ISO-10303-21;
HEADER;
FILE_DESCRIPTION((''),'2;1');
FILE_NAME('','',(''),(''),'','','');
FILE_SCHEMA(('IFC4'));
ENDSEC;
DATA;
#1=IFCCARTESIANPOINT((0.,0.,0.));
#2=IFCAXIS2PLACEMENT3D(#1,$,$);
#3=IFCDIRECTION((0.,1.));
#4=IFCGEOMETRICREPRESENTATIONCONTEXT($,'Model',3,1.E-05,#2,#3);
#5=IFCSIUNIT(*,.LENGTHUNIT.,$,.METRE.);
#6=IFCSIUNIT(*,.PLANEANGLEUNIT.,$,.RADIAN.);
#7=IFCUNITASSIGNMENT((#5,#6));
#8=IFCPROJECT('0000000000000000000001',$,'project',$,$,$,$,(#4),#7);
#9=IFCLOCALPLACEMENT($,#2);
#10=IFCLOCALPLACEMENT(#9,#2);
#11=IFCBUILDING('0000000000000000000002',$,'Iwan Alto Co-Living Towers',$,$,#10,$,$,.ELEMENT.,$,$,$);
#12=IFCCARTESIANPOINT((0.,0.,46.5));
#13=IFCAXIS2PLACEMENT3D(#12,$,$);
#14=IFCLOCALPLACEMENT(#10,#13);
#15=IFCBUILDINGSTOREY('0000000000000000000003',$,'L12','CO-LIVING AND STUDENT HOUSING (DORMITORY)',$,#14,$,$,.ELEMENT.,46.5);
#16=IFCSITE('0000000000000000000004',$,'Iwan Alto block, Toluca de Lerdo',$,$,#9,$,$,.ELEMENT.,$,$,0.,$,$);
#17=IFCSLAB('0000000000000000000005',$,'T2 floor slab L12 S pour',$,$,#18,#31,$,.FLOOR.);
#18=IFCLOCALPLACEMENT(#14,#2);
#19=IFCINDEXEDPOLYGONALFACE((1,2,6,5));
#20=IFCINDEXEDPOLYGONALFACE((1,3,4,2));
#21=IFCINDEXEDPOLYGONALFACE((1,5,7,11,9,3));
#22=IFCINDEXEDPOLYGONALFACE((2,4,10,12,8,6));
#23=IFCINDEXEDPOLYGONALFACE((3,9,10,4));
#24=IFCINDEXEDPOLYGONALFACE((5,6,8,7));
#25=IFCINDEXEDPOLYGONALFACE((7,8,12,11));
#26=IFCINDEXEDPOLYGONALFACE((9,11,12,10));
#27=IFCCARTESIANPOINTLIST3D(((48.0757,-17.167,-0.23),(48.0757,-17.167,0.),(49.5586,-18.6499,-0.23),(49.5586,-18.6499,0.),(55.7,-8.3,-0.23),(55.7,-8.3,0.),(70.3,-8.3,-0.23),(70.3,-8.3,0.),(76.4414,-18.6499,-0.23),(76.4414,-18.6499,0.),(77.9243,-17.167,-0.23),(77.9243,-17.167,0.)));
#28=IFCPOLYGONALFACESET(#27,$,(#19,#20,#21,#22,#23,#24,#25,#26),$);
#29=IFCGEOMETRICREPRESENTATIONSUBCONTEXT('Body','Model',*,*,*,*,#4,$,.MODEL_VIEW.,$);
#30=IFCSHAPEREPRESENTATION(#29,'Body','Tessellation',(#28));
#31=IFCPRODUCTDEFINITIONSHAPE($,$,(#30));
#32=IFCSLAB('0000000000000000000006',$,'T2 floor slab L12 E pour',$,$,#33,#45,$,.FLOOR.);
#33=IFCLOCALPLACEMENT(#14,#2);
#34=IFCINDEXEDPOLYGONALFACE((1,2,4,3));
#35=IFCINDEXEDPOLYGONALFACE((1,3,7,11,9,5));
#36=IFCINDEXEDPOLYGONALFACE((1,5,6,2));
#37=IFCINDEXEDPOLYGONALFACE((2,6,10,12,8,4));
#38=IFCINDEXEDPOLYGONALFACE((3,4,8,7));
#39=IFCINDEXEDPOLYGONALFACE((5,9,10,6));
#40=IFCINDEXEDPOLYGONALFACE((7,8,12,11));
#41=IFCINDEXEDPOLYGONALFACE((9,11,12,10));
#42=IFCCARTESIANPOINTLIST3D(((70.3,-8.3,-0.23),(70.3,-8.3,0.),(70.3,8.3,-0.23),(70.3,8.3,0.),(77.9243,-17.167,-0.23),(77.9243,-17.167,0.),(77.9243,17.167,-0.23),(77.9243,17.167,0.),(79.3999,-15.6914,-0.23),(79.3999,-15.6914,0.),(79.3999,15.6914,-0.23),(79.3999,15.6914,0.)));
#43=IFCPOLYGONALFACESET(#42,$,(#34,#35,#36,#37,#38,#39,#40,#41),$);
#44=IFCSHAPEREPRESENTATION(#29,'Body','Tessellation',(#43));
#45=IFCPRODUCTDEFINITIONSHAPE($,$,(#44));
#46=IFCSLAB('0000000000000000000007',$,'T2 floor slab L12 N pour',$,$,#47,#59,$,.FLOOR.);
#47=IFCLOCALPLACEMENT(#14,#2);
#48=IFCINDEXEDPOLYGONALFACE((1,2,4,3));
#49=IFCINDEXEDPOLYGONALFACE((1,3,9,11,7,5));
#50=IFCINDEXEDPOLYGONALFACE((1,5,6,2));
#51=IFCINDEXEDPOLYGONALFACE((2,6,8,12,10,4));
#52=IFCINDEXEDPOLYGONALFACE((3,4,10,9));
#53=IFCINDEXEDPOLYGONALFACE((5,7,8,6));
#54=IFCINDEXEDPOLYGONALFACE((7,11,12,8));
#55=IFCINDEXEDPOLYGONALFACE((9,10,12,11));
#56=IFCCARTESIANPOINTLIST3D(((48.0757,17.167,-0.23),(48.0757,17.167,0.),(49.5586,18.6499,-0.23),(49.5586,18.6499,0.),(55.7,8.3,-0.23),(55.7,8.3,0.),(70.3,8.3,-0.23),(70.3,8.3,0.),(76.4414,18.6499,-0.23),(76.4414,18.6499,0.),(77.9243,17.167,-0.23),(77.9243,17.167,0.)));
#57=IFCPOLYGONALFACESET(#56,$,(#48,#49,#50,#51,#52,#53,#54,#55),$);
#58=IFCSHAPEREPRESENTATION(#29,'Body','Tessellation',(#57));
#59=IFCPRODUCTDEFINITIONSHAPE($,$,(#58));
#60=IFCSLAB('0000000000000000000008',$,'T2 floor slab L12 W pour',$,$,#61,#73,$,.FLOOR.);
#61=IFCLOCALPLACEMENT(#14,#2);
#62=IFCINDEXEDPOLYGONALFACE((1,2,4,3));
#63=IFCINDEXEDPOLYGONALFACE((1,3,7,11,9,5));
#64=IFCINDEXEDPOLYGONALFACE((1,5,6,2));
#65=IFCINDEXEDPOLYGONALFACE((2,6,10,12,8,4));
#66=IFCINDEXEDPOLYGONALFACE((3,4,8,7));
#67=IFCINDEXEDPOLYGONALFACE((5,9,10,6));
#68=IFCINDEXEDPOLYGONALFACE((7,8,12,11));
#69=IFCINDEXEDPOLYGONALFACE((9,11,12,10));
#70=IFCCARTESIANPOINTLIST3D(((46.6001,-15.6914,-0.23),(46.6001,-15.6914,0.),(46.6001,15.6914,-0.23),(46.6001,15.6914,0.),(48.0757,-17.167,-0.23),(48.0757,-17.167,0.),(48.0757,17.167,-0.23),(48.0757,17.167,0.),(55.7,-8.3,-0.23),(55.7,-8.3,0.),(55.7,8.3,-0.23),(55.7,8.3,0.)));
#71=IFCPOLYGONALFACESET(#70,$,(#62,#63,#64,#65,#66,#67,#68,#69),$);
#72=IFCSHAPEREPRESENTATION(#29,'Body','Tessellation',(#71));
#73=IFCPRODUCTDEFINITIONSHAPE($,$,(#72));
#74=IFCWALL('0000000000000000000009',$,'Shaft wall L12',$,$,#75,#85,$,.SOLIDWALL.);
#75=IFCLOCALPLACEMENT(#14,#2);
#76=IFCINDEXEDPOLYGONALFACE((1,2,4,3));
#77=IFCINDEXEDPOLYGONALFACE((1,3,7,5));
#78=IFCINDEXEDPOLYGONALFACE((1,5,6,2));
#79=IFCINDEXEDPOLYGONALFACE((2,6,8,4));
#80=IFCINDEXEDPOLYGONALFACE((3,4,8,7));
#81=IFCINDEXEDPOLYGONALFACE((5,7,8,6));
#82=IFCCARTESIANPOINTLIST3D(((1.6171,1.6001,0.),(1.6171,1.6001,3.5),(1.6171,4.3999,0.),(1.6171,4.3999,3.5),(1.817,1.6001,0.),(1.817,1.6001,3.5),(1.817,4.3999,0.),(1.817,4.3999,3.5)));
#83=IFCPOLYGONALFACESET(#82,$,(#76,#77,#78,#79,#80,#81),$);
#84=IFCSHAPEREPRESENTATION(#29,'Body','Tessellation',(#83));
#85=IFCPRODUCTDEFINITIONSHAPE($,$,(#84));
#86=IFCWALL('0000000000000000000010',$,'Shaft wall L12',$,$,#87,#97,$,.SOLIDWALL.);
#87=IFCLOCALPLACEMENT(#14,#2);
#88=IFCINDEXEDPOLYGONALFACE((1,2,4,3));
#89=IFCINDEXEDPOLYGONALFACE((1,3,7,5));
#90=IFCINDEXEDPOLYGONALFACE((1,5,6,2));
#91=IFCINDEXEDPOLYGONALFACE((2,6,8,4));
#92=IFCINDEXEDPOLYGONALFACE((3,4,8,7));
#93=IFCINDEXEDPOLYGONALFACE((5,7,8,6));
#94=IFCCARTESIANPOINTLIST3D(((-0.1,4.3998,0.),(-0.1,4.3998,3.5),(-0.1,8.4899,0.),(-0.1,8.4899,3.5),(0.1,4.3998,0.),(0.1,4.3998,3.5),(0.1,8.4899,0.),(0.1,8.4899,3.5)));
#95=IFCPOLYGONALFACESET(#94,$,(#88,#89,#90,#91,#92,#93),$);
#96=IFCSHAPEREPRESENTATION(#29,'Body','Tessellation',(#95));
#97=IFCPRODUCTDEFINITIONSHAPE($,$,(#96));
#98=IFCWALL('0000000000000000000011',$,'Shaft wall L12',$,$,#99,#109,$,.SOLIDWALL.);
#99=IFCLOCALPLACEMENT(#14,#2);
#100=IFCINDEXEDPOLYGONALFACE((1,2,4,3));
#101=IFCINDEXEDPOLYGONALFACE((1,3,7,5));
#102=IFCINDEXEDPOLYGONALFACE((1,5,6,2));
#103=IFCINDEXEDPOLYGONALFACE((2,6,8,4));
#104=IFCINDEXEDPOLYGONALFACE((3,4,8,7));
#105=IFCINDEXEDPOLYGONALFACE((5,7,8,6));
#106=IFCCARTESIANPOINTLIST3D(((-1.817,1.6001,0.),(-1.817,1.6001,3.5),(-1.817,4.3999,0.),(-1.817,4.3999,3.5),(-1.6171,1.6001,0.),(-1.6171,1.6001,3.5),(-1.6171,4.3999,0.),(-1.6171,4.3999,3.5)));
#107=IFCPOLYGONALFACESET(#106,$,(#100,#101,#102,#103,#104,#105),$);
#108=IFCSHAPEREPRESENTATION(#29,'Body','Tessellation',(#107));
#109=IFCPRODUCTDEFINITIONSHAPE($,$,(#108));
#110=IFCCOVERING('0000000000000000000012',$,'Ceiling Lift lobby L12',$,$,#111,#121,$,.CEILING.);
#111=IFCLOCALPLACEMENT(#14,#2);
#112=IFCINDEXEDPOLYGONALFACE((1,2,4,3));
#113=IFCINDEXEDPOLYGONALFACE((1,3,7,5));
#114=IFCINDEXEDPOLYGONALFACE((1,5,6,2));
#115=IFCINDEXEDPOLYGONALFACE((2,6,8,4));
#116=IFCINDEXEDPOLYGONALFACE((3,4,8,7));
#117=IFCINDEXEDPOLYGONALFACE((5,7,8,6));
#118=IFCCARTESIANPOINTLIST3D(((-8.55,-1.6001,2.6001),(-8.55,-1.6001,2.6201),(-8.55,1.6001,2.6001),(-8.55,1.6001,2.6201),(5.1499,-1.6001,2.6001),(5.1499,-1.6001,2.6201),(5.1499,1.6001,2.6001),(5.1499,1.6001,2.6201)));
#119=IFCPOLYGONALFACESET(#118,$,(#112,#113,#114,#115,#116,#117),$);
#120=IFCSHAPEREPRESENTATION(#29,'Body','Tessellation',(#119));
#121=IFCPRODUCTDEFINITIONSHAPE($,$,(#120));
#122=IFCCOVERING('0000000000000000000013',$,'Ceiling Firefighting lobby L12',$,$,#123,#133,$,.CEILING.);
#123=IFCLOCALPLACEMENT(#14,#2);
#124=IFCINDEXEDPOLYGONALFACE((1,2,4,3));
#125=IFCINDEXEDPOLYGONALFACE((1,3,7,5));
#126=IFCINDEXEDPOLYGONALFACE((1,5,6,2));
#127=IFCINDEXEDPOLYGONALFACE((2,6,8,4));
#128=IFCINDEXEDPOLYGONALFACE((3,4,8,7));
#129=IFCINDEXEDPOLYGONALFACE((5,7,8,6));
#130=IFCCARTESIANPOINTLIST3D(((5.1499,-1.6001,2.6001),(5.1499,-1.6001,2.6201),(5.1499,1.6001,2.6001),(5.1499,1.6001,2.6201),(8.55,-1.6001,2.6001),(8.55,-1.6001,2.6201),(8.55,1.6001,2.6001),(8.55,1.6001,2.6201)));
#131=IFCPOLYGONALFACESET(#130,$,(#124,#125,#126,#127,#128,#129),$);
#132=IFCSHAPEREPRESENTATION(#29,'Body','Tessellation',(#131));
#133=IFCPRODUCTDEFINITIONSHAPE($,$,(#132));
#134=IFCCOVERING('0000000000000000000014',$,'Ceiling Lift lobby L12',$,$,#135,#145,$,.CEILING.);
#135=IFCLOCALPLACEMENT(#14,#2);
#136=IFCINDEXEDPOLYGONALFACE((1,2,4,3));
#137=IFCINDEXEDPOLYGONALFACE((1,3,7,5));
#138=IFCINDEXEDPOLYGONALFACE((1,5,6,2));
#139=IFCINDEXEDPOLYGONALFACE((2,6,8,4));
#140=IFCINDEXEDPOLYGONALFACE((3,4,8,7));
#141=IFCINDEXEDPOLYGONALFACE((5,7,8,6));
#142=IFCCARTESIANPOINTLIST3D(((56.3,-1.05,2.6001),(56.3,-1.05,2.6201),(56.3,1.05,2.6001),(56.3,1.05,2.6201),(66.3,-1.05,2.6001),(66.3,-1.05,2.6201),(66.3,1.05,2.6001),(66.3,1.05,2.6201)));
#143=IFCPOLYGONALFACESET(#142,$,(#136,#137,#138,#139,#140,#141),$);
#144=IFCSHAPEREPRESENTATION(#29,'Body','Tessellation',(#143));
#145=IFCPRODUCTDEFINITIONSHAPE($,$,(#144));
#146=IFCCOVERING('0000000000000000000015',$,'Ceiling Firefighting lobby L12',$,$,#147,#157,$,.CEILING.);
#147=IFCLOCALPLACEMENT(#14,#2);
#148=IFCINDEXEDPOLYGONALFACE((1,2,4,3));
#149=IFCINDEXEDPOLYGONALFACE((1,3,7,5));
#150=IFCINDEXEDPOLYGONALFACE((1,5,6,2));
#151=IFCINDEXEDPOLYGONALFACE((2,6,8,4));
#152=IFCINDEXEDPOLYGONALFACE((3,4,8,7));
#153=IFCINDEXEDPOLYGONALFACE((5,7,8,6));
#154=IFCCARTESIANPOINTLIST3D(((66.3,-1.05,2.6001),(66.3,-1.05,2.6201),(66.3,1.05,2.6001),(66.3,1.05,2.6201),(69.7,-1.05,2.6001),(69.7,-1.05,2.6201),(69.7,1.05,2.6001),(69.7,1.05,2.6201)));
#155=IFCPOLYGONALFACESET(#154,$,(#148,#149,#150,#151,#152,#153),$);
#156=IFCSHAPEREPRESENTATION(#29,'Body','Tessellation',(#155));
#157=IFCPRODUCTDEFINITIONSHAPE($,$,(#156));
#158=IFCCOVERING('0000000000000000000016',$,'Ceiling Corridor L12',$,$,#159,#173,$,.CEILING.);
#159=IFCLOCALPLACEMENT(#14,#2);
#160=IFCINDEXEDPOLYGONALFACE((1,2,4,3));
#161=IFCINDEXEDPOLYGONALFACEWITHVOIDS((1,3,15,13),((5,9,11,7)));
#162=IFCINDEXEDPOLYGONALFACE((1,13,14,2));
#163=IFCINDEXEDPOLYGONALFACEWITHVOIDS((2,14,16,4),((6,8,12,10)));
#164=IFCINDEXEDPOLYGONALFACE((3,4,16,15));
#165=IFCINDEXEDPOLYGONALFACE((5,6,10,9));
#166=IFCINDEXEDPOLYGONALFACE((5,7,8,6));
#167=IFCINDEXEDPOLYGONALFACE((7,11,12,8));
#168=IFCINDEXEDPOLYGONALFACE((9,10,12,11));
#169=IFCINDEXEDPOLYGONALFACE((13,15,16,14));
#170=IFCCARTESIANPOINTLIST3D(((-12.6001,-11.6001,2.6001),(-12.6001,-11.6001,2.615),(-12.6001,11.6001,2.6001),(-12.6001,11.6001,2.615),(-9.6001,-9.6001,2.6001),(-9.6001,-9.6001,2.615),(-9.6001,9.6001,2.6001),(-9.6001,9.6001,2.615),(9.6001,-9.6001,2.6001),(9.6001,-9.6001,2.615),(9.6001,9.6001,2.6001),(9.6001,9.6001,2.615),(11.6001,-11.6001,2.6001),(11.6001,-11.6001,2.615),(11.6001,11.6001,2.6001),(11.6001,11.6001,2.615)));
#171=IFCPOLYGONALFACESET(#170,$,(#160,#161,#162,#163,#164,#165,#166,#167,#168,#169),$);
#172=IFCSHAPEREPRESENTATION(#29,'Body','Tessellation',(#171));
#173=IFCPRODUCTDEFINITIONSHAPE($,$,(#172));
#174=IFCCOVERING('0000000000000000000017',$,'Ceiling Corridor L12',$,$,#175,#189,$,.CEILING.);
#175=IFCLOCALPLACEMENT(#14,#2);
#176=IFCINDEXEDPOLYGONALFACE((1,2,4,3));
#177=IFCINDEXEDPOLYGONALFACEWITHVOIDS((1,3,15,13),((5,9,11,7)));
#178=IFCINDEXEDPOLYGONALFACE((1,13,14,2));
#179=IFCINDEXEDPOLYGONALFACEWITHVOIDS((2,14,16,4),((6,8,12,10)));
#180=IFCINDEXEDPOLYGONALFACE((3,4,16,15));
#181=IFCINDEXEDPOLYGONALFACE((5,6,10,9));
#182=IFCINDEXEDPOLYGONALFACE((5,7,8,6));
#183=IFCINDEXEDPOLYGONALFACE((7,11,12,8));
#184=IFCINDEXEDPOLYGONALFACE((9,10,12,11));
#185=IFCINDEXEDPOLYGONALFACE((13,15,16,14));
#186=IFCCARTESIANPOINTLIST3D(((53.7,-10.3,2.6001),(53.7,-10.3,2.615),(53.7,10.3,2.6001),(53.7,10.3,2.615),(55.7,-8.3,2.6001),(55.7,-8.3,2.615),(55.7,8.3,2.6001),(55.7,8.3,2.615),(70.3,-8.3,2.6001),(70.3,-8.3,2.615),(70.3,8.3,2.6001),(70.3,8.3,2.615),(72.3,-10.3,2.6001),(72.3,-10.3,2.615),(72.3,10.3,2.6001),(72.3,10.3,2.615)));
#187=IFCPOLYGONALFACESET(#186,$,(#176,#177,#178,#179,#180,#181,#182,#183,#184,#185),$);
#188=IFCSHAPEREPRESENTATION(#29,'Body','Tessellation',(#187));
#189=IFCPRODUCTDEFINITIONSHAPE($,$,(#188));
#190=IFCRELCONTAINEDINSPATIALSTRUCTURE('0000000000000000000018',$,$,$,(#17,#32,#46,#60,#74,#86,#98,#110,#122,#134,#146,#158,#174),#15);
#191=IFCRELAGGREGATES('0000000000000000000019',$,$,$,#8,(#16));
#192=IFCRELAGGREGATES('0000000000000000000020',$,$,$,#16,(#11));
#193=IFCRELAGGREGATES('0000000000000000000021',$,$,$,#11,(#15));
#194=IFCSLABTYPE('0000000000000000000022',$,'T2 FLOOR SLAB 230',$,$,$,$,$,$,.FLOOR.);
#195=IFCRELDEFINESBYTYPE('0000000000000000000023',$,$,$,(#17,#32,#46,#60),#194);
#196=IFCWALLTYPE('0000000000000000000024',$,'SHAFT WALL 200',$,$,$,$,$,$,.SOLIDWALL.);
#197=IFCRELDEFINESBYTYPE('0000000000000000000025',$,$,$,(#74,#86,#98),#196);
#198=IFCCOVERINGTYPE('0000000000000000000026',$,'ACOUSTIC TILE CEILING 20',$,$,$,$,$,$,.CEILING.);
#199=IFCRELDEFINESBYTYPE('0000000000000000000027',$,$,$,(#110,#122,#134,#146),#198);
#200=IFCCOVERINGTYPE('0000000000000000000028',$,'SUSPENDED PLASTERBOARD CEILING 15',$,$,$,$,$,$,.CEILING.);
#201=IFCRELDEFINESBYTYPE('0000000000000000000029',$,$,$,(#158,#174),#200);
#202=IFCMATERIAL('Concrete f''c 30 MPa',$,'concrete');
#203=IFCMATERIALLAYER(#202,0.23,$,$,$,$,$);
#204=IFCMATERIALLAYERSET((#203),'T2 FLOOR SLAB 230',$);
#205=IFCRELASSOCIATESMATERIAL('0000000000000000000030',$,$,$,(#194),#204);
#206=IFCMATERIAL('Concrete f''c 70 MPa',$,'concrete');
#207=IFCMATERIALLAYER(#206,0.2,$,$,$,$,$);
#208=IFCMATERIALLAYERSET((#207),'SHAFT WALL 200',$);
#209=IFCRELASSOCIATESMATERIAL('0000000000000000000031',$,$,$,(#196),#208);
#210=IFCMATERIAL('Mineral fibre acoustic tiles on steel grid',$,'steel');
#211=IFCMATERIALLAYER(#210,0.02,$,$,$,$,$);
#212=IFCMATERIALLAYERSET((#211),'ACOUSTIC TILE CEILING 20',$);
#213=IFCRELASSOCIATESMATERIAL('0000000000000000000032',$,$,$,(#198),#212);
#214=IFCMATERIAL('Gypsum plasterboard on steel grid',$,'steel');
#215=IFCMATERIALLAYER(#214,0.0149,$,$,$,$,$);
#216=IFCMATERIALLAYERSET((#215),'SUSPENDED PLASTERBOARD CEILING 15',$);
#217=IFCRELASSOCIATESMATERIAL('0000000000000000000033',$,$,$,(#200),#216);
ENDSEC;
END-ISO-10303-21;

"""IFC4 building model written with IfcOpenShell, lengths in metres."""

from ifc_helpers import new_model, si_unit, direction, frame, frame_2d, origin, place, context, subcontext, project, spatial, polyline, rectangle, outline, extrude, material, layer, layer_set, type_object, element, save


model = new_model("IFC4")

# Units and contexts
model_context = context("Model", 3, precision=1e-05, world=origin(), true_north=direction((0.0, 1.0)))
body_context = subcontext(model_context, "Body", "Model", "MODEL_VIEW")
ifc_project = project(units=[si_unit("LENGTHUNIT", "METRE"), si_unit("PLANEANGLEUNIT", "RADIAN")], contexts=[model_context])

# Site, building, storey
site_placement = place(None, origin())
site = spatial("IfcSite", under=ifc_project, at=site_placement, Name="Iwan Alto block, Toluca de Lerdo", CompositionType="ELEMENT", RefElevation=0.0)
building_placement = place(site_placement, origin())
building = spatial("IfcBuilding", under=site, at=building_placement, Name="Iwan Alto Co-Living Towers", CompositionType="ELEMENT")
storey_placement = place(building_placement, frame((0.0, 0.0, 46.5)))
storey = spatial("IfcBuildingStorey", under=building, at=storey_placement, Name="L12", Description="CO-LIVING AND STUDENT HOUSING (DORMITORY)", CompositionType="ELEMENT", Elevation=46.5)

# Slabs
ifc_material_1 = material(Name="Concrete f'c 30 MPa", Category="concrete")
ifc_layer_1 = layer(ifc_material_1, 0.23)
ifc_layer_set_1 = layer_set([ifc_layer_1], Name="T2 FLOOR SLAB 230")
slab_type_1 = type_object("IfcSlabType", Name="T2 FLOOR SLAB 230", PredefinedType="FLOOR", material=ifc_layer_set_1)
slab_1_placement = place(storey_placement, frame((0.0, 0.0, -0.23)))
element("IfcSlab", 1, at=slab_1_placement, inside=storey, type_object=slab_type_1, Name="T2 floor slab L12 S pour", PredefinedType="FLOOR", context=body_context, shape_type="SweptSolid", body=[
    extrude(outline(polyline([(76.4414, -18.6499), (49.5586, -18.6499), (48.0757, -17.167), (55.7, -8.3), (70.3, -8.3), (77.9243, -17.167), (76.4414, -18.6499)])), origin(), (0.0, 0.0, 1.0), 0.23),
])
slab_2_placement = place(storey_placement, frame((0.0, 0.0, -0.23)))
element("IfcSlab", 2, at=slab_2_placement, inside=storey, type_object=slab_type_1, Name="T2 floor slab L12 E pour", PredefinedType="FLOOR", context=body_context, shape_type="SweptSolid", body=[
    extrude(outline(polyline([(79.3999, 15.6914), (79.3999, -15.6914), (77.9243, -17.167), (70.3, -8.3), (70.3, 8.3), (77.9243, 17.167), (79.3999, 15.6914)])), origin(), (0.0, 0.0, 1.0), 0.23),
])
slab_3_placement = place(storey_placement, frame((0.0, 0.0, -0.23)))
element("IfcSlab", 3, at=slab_3_placement, inside=storey, type_object=slab_type_1, Name="T2 floor slab L12 N pour", PredefinedType="FLOOR", context=body_context, shape_type="SweptSolid", body=[
    extrude(outline(polyline([(49.5586, 18.6499), (76.4414, 18.6499), (77.9243, 17.167), (70.3, 8.3), (55.7, 8.3), (48.0757, 17.167), (49.5586, 18.6499)])), origin(), (0.0, 0.0, 1.0), 0.23),
])
slab_4_placement = place(storey_placement, frame((0.0, 0.0, -0.23)))
element("IfcSlab", 4, at=slab_4_placement, inside=storey, type_object=slab_type_1, Name="T2 floor slab L12 W pour", PredefinedType="FLOOR", context=body_context, shape_type="SweptSolid", body=[
    extrude(outline(polyline([(46.6001, 15.6914), (48.0757, 17.167), (55.7, 8.3), (55.7, -8.3), (48.0757, -17.167), (46.6001, -15.6914), (46.6001, 15.6914)])), origin(), (0.0, 0.0, 1.0), 0.23),
])

# Walls
ifc_material_2 = material(Name="Concrete f'c 70 MPa", Category="concrete")
ifc_layer_2 = layer(ifc_material_2, 0.2)
ifc_layer_set_2 = layer_set([ifc_layer_2], Name="SHAFT WALL 200")
wall_type = type_object("IfcWallType", Name="SHAFT WALL 200", PredefinedType="SOLIDWALL", material=ifc_layer_set_2)
wall_1_placement = place(storey_placement, frame((1.717, 1.6001, 0.0), z_axis=(0.0, 0.0, 1.0), x_axis=(0.0, 1.0, 0.0)))
element("IfcWall", 5, at=wall_1_placement, inside=storey, type_object=wall_type, Name="Shaft wall L12", PredefinedType="SOLIDWALL", context=body_context, shape_type="SweptSolid", body=[
    extrude(rectangle(XDim=2.7998, YDim=0.2, at=frame_2d((1.3999, 0.0))), origin(), (0.0, 0.0, 1.0), 3.5),
])
wall_2_placement = place(storey_placement, frame((0.0, 4.3999, 0.0), z_axis=(0.0, 0.0, 1.0), x_axis=(0.0, 1.0, 0.0)))
element("IfcWall", 6, at=wall_2_placement, inside=storey, type_object=wall_type, Name="Shaft wall L12", PredefinedType="SOLIDWALL", context=body_context, shape_type="SweptSolid", body=[
    extrude(rectangle(XDim=4.0901, YDim=0.2, at=frame_2d((2.0449, 0.0))), origin(), (0.0, 0.0, 1.0), 3.5),
])
wall_3_placement = place(storey_placement, frame((-1.717, 1.6001, 0.0), z_axis=(0.0, 0.0, 1.0), x_axis=(0.0, 1.0, 0.0)))
element("IfcWall", 7, at=wall_3_placement, inside=storey, type_object=wall_type, Name="Shaft wall L12", PredefinedType="SOLIDWALL", context=body_context, shape_type="SweptSolid", body=[
    extrude(rectangle(XDim=2.7998, YDim=0.2, at=frame_2d((1.3999, 0.0))), origin(), (0.0, 0.0, 1.0), 3.5),
])

# Coverings
ifc_material_3 = material(Name="Mineral fibre acoustic tiles on steel grid", Category="steel")
ifc_layer_3 = layer(ifc_material_3, 0.02)
ifc_layer_set_3 = layer_set([ifc_layer_3], Name="ACOUSTIC TILE CEILING 20")
covering_type_1 = type_object("IfcCoveringType", Name="ACOUSTIC TILE CEILING 20", PredefinedType="CEILING", material=ifc_layer_set_3)
covering_1_placement = place(storey_placement, frame((0.0, 0.0, 2.6001)))
element("IfcCovering", 8, at=covering_1_placement, inside=storey, type_object=covering_type_1, Name="Ceiling Lift lobby L12", PredefinedType="CEILING", context=body_context, shape_type="SweptSolid", body=[
    extrude(outline(polyline([(-8.55, -1.6001), (-8.55, 1.6001), (5.1499, 1.6001), (5.1499, -1.6001), (-8.55, -1.6001)])), origin(), (0.0, 0.0, 1.0), 0.02),
])
covering_2_placement = place(storey_placement, frame((0.0, 0.0, 2.6001)))
element("IfcCovering", 9, at=covering_2_placement, inside=storey, type_object=covering_type_1, Name="Ceiling Firefighting lobby L12", PredefinedType="CEILING", context=body_context, shape_type="SweptSolid", body=[
    extrude(outline(polyline([(5.1499, -1.6001), (5.1499, 1.6001), (8.55, 1.6001), (8.55, -1.6001), (5.1499, -1.6001)])), origin(), (0.0, 0.0, 1.0), 0.02),
])
covering_3_placement = place(storey_placement, frame((0.0, 0.0, 2.6001)))
element("IfcCovering", 10, at=covering_3_placement, inside=storey, type_object=covering_type_1, Name="Ceiling Lift lobby L12", PredefinedType="CEILING", context=body_context, shape_type="SweptSolid", body=[
    extrude(outline(polyline([(56.3, -1.05), (56.3, 1.05), (66.3, 1.05), (66.3, -1.05), (56.3, -1.05)])), origin(), (0.0, 0.0, 1.0), 0.02),
])
covering_4_placement = place(storey_placement, frame((0.0, 0.0, 2.6001)))
element("IfcCovering", 11, at=covering_4_placement, inside=storey, type_object=covering_type_1, Name="Ceiling Firefighting lobby L12", PredefinedType="CEILING", context=body_context, shape_type="SweptSolid", body=[
    extrude(outline(polyline([(66.3, -1.05), (66.3, 1.05), (69.7, 1.05), (69.7, -1.05), (66.3, -1.05)])), origin(), (0.0, 0.0, 1.0), 0.02),
])
ifc_material_4 = material(Name="Gypsum plasterboard on steel grid", Category="steel")
ifc_layer_4 = layer(ifc_material_4, 0.0149)
ifc_layer_set_4 = layer_set([ifc_layer_4], Name="SUSPENDED PLASTERBOARD CEILING 15")
covering_type_2 = type_object("IfcCoveringType", Name="SUSPENDED PLASTERBOARD CEILING 15", PredefinedType="CEILING", material=ifc_layer_set_4)
covering_5_placement = place(storey_placement, frame((0.0, 0.0, 2.6001)))
element("IfcCovering", 12, at=covering_5_placement, inside=storey, type_object=covering_type_2, Name="Ceiling Corridor L12", PredefinedType="CEILING", context=body_context, shape_type="SweptSolid", body=[
    extrude(outline(polyline([(-12.6001, 11.6001), (11.6001, 11.6001), (11.6001, -11.6001), (-12.6001, -11.6001), (-12.6001, 11.6001)]), holes=[polyline([(-9.6001, 9.6001), (-9.6001, -9.6001), (9.6001, -9.6001), (9.6001, 9.6001), (-9.6001, 9.6001)])]), origin(), (0.0, 0.0, 1.0), 0.0149),
])
covering_6_placement = place(storey_placement, frame((0.0, 0.0, 2.6001)))
element("IfcCovering", 13, at=covering_6_placement, inside=storey, type_object=covering_type_2, Name="Ceiling Corridor L12", PredefinedType="CEILING", context=body_context, shape_type="SweptSolid", body=[
    extrude(outline(polyline([(53.7, 10.3), (72.3, 10.3), (72.3, -10.3), (53.7, -10.3), (53.7, 10.3)]), holes=[polyline([(55.7, 8.3), (55.7, -8.3), (70.3, -8.3), (70.3, 8.3), (55.7, 8.3)])]), origin(), (0.0, 0.0, 1.0), 0.0149),
])

save(model, "model.ifc")
